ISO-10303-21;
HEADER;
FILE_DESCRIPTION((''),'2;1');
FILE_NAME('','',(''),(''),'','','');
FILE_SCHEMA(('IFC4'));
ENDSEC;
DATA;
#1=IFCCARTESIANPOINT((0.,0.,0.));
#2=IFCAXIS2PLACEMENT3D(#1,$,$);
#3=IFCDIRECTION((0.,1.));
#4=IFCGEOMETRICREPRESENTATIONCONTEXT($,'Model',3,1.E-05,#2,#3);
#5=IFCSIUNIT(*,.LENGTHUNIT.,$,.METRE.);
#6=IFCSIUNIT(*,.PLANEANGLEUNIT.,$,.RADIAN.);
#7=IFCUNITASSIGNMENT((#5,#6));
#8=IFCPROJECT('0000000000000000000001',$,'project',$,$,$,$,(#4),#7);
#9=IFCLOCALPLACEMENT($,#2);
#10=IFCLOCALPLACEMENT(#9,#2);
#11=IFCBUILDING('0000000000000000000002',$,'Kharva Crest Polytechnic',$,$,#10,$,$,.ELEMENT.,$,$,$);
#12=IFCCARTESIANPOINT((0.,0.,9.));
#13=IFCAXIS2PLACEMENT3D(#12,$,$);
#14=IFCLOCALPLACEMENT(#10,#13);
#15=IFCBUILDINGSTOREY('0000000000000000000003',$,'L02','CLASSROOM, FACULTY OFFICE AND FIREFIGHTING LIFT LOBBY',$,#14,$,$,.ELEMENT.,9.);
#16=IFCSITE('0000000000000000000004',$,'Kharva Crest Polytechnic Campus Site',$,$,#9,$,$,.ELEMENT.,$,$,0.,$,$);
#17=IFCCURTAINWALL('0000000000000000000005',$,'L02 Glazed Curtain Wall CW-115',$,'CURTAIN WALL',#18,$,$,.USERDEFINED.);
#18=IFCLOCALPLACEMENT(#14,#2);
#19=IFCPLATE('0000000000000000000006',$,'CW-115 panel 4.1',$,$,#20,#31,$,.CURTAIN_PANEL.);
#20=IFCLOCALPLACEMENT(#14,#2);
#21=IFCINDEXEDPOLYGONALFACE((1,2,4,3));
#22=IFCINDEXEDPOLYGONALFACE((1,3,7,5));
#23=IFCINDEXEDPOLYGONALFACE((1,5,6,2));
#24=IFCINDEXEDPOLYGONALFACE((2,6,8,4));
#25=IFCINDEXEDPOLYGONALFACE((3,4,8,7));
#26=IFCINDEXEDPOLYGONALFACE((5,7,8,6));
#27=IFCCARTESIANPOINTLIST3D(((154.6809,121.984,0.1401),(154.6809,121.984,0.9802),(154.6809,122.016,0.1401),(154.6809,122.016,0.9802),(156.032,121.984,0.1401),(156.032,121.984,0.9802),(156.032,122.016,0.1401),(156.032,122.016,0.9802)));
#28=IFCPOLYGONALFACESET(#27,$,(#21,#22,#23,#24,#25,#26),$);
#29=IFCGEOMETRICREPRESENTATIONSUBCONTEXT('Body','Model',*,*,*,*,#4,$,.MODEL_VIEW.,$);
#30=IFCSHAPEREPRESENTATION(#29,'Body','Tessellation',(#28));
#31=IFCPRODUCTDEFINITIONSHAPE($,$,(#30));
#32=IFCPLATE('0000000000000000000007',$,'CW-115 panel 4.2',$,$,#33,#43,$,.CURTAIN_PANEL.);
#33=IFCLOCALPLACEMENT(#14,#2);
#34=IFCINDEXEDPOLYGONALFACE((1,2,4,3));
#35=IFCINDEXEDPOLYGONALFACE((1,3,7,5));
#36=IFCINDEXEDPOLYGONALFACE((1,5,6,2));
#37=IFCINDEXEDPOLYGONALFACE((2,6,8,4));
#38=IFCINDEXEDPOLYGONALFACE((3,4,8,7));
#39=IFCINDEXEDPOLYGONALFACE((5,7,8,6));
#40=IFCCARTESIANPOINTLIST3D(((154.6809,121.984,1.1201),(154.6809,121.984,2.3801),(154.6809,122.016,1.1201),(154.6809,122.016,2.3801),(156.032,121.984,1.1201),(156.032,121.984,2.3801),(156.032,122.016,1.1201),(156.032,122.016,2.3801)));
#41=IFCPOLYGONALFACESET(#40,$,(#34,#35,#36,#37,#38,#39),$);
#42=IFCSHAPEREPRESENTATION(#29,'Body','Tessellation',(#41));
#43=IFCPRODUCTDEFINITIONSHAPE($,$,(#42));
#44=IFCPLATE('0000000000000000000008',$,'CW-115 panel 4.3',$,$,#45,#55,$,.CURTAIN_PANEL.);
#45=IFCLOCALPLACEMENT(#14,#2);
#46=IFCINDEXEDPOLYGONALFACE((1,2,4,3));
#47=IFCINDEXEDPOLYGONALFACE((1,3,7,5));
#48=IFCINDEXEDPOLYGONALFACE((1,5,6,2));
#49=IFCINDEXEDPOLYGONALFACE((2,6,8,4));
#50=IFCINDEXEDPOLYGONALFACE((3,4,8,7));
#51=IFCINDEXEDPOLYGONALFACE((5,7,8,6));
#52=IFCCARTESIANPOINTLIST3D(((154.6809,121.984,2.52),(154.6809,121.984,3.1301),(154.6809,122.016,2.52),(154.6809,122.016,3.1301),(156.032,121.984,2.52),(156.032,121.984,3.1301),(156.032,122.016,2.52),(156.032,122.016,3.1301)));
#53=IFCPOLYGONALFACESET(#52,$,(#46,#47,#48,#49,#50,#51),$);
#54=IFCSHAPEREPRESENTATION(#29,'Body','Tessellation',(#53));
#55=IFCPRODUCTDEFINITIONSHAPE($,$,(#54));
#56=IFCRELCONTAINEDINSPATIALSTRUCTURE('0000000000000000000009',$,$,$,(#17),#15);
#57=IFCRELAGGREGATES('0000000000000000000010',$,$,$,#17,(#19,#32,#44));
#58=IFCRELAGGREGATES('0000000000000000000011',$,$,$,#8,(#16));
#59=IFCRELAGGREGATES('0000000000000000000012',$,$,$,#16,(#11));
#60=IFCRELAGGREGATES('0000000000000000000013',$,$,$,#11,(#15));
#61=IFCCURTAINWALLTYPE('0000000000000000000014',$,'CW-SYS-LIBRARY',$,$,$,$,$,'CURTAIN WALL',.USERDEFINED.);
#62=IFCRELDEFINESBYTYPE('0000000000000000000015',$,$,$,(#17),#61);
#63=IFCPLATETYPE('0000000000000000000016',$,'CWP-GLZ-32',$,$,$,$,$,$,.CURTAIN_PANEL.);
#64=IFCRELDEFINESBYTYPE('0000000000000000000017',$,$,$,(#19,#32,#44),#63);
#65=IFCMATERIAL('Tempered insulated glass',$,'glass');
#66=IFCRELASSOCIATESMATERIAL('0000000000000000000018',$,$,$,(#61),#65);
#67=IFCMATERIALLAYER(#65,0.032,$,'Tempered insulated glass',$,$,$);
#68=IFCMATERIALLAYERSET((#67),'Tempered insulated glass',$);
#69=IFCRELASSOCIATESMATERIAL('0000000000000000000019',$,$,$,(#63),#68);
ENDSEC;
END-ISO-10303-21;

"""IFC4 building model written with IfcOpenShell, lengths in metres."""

from ifc_helpers import new_model, si_unit, direction, frame, origin, origin_2d, place, context, subcontext, project, spatial, rectangle, extrude, material, layer, layer_set, type_object, element, aggregate, save


model = new_model("IFC4")

# Units and contexts
model_context = context("Model", 3, precision=1e-05, world=origin(), true_north=direction((0.0, 1.0)))
body_context = subcontext(model_context, "Body", "Model", "MODEL_VIEW")
ifc_project = project(units=[si_unit("LENGTHUNIT", "METRE"), si_unit("PLANEANGLEUNIT", "RADIAN")], contexts=[model_context])

# Site, building, storey
site_placement = place(None, origin())
site = spatial("IfcSite", under=ifc_project, at=site_placement, Name="Kharva Crest Polytechnic Campus Site", CompositionType="ELEMENT", RefElevation=0.0)
building_placement = place(site_placement, origin())
building = spatial("IfcBuilding", under=site, at=building_placement, Name="Kharva Crest Polytechnic", CompositionType="ELEMENT")
storey_placement = place(building_placement, frame((0.0, 0.0, 9.0)))
storey = spatial("IfcBuildingStorey", under=building, at=storey_placement, Name="L02", Description="CLASSROOM, FACULTY OFFICE AND FIREFIGHTING LIFT LOBBY", CompositionType="ELEMENT", Elevation=9.0)

# Curtain wall, plates
ifc_material_1 = material(Name="Tempered insulated glass", Category="glass")
curtain_wall_type = type_object("IfcCurtainWallType", Name="CW-SYS-LIBRARY", ElementType="CURTAIN WALL", PredefinedType="USERDEFINED", material=ifc_material_1)
curtain_wall_placement = place(storey_placement, origin())
curtain_wall = element("IfcCurtainWall", 1, at=curtain_wall_placement, inside=storey, type_object=curtain_wall_type, Name="L02 Glazed Curtain Wall CW-115", ObjectType="CURTAIN WALL", PredefinedType="USERDEFINED")
ifc_layer = layer(ifc_material_1, 0.032, Name="Tempered insulated glass")
ifc_layer_set = layer_set([ifc_layer], Name="Tempered insulated glass")
plate_type = type_object("IfcPlateType", Name="CWP-GLZ-32", PredefinedType="CURTAIN_PANEL", material=ifc_layer_set)
plate_1_placement = place(storey_placement, frame((155.3564, 122.0, 0.1401), z_axis=(0.0, 0.0, 1.0), x_axis=(-1.0, 0.0, 0.0)))
plate_1 = element("IfcPlate", 2, at=plate_1_placement, type_object=plate_type, Name="CW-115 panel 4.1", PredefinedType="CURTAIN_PANEL", context=body_context, shape_type="SweptSolid", body=[
    extrude(rectangle(XDim=1.3511, YDim=0.032, at=origin_2d()), origin(), (0.0, 0.0, 1.0), 0.8401),
])
plate_2_placement = place(storey_placement, frame((155.3564, 122.0, 1.1201), z_axis=(0.0, 0.0, 1.0), x_axis=(-1.0, 0.0, 0.0)))
plate_2 = element("IfcPlate", 3, at=plate_2_placement, type_object=plate_type, Name="CW-115 panel 4.2", PredefinedType="CURTAIN_PANEL", context=body_context, shape_type="SweptSolid", body=[
    extrude(rectangle(XDim=1.3511, YDim=0.032, at=origin_2d()), origin(), (0.0, 0.0, 1.0), 1.26),
])
plate_3_placement = place(storey_placement, frame((155.3564, 122.0, 2.52), z_axis=(0.0, 0.0, 1.0), x_axis=(-1.0, 0.0, 0.0)))
plate_3 = element("IfcPlate", 4, at=plate_3_placement, type_object=plate_type, Name="CW-115 panel 4.3", PredefinedType="CURTAIN_PANEL", context=body_context, shape_type="SweptSolid", body=[
    extrude(rectangle(XDim=1.3511, YDim=0.032, at=origin_2d()), origin(), (0.0, 0.0, 1.0), 0.6101),
])
aggregate(curtain_wall, [plate_1, plate_2, plate_3])

save(model, "model.ifc")
